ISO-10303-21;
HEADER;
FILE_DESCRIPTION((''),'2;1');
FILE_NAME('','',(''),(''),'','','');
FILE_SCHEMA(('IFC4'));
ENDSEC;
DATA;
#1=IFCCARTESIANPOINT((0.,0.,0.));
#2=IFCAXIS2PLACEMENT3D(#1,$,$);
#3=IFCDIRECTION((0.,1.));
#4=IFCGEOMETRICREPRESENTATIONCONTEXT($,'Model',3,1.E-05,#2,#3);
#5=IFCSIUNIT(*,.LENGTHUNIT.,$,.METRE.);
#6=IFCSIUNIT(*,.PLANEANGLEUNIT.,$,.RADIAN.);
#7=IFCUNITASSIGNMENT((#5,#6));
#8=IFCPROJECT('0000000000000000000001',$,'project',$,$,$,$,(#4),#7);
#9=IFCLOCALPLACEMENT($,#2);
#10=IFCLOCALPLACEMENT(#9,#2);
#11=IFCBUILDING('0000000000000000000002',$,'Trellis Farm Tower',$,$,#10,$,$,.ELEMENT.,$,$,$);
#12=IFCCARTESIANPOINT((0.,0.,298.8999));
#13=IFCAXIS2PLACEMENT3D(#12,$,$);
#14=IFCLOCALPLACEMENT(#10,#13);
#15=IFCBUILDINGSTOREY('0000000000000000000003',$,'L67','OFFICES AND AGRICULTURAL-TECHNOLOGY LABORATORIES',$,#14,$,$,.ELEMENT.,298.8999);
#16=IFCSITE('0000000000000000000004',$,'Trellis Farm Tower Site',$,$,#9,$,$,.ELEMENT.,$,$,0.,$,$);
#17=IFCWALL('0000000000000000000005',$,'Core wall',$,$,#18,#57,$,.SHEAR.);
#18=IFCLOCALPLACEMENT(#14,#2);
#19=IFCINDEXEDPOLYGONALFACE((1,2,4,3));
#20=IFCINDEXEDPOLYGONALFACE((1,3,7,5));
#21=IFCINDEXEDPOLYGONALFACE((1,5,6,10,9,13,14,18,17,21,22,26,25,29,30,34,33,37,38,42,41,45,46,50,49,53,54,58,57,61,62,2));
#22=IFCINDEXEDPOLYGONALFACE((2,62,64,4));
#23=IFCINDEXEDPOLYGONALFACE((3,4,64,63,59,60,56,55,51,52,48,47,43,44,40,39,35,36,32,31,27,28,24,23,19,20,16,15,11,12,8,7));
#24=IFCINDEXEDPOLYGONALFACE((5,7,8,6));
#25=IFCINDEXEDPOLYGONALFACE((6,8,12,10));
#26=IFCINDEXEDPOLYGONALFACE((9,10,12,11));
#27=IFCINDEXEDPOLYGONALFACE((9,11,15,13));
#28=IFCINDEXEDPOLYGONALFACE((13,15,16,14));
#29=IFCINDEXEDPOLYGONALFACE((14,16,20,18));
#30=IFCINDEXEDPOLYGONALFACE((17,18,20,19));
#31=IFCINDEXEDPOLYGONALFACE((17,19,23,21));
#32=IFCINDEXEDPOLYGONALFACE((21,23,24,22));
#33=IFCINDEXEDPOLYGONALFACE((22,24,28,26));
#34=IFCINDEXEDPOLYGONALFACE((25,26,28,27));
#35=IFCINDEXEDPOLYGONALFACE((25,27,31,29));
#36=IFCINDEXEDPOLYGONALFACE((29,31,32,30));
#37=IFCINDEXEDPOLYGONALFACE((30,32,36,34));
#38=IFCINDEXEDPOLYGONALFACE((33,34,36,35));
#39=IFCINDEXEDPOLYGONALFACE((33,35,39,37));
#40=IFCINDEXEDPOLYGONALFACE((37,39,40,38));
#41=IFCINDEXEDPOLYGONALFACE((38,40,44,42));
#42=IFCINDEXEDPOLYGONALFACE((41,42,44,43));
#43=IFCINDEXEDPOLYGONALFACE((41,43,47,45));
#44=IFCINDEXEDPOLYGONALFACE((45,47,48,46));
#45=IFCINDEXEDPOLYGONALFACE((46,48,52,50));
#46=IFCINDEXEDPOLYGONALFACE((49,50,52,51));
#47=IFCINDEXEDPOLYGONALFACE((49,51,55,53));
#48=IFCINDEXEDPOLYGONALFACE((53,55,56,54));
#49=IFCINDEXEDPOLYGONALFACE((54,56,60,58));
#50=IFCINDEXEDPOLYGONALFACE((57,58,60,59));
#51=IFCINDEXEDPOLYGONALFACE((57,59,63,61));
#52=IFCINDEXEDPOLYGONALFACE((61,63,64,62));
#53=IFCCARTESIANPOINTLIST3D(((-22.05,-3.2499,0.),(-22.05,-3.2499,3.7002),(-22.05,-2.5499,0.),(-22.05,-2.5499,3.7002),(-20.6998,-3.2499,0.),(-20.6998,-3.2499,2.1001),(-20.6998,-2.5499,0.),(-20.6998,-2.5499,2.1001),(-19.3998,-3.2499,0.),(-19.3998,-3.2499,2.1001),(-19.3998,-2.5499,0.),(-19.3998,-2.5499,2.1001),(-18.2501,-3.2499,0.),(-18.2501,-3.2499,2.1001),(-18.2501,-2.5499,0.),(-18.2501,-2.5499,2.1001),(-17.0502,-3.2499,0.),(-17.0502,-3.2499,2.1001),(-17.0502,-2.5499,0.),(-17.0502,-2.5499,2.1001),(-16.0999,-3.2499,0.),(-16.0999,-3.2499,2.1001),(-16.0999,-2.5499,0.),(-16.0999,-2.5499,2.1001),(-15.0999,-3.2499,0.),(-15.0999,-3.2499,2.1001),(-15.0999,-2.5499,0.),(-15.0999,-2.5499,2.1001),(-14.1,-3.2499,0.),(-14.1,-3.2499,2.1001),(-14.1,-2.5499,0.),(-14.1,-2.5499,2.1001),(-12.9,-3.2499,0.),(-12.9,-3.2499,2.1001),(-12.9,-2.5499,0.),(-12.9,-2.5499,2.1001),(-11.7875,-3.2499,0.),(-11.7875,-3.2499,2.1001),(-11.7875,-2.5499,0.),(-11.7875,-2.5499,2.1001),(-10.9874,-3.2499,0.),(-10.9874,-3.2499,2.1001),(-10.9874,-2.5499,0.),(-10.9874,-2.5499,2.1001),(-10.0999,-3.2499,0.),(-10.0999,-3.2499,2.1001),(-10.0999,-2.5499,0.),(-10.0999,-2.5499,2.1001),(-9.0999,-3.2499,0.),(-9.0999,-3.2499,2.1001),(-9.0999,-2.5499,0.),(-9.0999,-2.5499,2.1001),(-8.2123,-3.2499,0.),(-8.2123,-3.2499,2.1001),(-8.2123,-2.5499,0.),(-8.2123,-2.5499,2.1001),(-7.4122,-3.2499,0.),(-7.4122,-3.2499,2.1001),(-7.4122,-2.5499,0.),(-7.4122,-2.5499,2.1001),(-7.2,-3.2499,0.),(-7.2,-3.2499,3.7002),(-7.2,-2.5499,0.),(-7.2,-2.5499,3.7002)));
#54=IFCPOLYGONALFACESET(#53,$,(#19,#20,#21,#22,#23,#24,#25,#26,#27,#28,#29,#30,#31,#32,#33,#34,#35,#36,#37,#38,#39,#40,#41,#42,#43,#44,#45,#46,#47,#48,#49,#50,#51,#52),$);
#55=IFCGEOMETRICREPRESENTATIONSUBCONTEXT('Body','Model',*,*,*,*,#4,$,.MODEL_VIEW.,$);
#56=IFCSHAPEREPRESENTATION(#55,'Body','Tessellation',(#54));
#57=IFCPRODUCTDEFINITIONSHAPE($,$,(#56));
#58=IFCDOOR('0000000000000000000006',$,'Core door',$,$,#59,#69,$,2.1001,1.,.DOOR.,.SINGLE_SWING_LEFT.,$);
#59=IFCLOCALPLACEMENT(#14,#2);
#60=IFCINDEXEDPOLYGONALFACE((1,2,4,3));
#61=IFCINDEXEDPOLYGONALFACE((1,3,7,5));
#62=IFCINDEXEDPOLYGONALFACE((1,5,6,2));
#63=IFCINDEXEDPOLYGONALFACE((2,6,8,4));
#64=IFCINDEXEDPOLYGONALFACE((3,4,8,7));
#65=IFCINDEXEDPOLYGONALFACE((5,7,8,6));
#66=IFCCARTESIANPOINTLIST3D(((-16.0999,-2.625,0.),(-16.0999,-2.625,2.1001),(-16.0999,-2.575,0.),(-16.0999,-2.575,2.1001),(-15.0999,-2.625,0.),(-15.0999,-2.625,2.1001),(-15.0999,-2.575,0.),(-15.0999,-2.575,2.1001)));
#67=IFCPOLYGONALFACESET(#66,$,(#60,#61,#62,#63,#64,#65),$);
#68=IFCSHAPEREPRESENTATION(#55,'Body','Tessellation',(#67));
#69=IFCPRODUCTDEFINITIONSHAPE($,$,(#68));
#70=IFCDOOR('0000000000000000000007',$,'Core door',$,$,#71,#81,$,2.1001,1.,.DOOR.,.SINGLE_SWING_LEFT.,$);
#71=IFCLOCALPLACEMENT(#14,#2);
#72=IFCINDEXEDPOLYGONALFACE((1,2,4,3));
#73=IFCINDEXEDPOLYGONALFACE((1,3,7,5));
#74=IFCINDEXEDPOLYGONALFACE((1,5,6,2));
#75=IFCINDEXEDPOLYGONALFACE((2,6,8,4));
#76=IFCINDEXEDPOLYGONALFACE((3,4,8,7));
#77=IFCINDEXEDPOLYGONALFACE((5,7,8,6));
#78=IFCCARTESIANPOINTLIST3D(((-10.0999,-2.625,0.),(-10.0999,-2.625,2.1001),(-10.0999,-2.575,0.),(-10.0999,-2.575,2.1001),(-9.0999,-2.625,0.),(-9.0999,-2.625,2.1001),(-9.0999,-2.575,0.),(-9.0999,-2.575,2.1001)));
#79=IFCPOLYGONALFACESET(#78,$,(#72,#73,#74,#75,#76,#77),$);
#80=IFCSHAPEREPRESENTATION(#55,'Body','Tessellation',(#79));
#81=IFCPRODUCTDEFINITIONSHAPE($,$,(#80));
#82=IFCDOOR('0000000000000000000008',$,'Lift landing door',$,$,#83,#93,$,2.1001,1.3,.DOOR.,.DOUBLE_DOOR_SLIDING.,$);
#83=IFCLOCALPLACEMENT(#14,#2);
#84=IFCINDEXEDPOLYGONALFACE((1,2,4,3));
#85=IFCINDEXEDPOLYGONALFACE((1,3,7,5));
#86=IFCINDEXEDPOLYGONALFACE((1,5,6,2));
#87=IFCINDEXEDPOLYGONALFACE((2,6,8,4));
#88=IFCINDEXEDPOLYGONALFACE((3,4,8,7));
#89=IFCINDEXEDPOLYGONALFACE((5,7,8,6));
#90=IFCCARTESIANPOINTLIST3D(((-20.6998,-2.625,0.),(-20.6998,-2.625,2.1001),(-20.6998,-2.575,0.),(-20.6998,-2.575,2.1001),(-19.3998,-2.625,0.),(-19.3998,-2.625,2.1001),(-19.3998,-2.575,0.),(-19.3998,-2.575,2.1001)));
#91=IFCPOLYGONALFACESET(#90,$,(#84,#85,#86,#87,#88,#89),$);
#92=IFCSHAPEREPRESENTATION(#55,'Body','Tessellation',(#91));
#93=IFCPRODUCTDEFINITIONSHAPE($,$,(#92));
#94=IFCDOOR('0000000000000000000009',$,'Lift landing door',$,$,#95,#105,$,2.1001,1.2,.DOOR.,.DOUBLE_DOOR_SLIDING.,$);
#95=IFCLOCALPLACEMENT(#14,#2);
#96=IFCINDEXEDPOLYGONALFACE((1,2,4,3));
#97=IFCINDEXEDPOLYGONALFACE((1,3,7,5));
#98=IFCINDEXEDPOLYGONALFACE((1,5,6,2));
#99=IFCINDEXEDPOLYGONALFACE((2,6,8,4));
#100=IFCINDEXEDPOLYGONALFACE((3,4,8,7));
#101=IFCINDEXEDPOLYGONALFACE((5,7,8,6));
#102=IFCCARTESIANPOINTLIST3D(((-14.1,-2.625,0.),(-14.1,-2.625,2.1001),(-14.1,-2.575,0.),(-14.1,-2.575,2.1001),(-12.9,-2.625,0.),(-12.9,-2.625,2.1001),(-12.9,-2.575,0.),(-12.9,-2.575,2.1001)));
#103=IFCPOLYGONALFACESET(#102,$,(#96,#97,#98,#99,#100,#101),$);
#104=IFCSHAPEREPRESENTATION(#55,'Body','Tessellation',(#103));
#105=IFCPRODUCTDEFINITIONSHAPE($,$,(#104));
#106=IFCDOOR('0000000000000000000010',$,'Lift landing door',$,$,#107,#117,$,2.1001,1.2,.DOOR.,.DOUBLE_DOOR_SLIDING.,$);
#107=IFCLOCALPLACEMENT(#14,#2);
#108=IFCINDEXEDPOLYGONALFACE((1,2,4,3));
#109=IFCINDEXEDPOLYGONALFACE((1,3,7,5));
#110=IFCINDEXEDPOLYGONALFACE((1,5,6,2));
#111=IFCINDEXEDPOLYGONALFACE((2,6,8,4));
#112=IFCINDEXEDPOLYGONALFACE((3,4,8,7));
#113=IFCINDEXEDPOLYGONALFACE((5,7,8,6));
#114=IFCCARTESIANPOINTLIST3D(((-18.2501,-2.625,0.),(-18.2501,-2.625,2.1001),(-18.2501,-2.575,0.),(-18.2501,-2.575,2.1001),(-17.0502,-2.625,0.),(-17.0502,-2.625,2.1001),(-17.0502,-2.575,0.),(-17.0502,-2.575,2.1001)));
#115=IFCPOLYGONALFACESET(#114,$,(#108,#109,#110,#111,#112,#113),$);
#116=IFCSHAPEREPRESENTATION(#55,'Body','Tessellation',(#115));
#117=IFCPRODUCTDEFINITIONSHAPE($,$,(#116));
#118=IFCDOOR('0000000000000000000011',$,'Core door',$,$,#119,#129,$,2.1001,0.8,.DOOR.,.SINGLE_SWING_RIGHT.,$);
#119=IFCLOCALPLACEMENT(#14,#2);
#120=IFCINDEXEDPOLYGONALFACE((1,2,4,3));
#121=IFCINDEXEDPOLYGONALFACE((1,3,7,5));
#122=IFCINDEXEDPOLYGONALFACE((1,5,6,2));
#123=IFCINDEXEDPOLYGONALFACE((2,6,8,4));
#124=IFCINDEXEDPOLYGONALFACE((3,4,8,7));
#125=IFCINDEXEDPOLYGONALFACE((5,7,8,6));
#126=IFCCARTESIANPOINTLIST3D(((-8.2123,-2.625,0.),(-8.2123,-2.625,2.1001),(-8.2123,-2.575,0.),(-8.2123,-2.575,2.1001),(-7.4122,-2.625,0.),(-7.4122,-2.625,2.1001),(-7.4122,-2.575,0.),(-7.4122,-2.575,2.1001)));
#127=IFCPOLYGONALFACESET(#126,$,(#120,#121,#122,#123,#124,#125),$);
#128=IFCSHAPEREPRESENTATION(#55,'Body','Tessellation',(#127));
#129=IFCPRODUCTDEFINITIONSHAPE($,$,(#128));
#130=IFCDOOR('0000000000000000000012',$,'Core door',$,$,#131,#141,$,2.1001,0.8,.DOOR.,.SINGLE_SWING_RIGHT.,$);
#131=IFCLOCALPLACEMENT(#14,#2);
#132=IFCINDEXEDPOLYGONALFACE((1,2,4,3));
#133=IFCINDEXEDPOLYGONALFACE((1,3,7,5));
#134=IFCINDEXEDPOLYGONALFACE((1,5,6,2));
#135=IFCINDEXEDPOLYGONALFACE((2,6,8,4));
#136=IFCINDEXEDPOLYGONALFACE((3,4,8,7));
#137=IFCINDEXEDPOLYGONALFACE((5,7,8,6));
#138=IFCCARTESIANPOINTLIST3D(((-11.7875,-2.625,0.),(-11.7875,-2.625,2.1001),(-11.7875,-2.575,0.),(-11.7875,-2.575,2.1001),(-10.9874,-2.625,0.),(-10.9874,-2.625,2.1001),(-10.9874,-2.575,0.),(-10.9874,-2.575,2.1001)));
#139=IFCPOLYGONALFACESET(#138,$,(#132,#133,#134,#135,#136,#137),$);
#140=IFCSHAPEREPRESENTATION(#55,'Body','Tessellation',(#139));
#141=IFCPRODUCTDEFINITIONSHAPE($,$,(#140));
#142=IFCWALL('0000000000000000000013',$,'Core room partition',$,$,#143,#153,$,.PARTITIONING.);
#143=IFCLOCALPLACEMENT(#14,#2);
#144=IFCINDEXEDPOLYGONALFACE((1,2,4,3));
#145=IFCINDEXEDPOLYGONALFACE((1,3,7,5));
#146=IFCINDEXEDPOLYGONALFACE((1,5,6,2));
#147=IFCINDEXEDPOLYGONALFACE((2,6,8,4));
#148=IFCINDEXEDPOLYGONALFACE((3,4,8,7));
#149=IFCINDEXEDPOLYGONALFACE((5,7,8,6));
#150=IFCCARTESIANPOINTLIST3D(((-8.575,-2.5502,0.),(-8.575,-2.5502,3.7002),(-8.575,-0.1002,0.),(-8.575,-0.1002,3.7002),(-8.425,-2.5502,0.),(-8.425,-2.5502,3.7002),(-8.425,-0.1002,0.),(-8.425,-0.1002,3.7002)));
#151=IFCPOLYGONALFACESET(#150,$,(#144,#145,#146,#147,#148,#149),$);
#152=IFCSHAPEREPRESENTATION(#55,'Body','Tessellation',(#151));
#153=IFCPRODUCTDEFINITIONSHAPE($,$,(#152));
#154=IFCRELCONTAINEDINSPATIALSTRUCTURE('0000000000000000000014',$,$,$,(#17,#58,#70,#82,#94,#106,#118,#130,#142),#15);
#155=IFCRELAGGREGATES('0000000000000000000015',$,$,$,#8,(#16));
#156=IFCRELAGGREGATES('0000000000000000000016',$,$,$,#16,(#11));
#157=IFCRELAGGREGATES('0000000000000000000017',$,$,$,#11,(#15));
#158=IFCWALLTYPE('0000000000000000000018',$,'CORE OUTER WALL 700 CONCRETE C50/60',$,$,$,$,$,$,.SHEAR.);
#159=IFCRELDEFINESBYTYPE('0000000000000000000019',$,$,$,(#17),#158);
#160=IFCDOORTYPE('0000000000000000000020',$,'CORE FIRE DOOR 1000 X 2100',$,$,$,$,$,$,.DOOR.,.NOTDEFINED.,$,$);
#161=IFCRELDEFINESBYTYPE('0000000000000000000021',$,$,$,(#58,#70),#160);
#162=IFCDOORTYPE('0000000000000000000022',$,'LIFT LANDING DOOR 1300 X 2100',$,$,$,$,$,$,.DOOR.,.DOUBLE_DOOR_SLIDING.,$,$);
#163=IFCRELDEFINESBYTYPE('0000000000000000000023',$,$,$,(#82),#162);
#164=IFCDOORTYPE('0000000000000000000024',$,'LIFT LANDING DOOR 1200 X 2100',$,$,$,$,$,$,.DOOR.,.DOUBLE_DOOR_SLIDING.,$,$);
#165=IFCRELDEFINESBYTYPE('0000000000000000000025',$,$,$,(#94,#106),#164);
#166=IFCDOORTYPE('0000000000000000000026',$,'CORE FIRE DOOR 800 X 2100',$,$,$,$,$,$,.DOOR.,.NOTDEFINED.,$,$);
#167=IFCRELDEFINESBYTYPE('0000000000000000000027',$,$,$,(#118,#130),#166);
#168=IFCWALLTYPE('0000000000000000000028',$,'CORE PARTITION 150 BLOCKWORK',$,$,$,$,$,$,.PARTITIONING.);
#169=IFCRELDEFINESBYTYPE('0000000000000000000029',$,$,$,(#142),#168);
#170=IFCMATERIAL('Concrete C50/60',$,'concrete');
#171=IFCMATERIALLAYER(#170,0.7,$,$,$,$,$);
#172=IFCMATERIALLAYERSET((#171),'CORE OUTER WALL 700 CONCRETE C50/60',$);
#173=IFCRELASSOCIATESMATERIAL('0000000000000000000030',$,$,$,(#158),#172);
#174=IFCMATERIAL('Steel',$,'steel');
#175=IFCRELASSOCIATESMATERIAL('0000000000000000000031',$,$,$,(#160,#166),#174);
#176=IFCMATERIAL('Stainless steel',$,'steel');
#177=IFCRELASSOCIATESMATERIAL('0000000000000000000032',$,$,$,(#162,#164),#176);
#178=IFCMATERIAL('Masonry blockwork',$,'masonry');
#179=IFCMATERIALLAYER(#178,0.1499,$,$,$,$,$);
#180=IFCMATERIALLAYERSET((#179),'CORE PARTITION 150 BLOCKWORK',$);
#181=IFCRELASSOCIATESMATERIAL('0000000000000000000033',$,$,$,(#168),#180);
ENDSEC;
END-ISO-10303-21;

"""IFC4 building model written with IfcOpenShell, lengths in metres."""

from ifc_helpers import new_model, si_unit, direction, frame, frame_2d, origin, place, context, subcontext, project, spatial, rectangle, extrude, source, transform, mapped, material, layer, layer_set, type_object, element, fill, save


model = new_model("IFC4")

# Units and contexts
model_context = context("Model", 3, precision=1e-05, world=origin(), true_north=direction((0.0, 1.0)))
body_context = subcontext(model_context, "Body", "Model", "MODEL_VIEW")
ifc_project = project(units=[si_unit("LENGTHUNIT", "METRE"), si_unit("PLANEANGLEUNIT", "RADIAN")], contexts=[model_context])

# Site, building, storey
site_placement = place(None, origin())
site = spatial("IfcSite", under=ifc_project, at=site_placement, Name="Trellis Farm Tower Site", CompositionType="ELEMENT", RefElevation=0.0)
building_placement = place(site_placement, origin())
building = spatial("IfcBuilding", under=site, at=building_placement, Name="Trellis Farm Tower", CompositionType="ELEMENT")
storey_placement = place(building_placement, frame((0.0, 0.0, 298.8999)))
storey = spatial("IfcBuildingStorey", under=building, at=storey_placement, Name="L67", Description="OFFICES AND AGRICULTURAL-TECHNOLOGY LABORATORIES", CompositionType="ELEMENT", Elevation=298.8999)

# Wall, openings, doors
ifc_material_1 = material(Name="Concrete C50/60", Category="concrete")
ifc_layer_1 = layer(ifc_material_1, 0.7)
ifc_layer_set_1 = layer_set([ifc_layer_1], Name="CORE OUTER WALL 700 CONCRETE C50/60")
wall_type_1 = type_object("IfcWallType", Name="CORE OUTER WALL 700 CONCRETE C50/60", PredefinedType="SHEAR", material=ifc_layer_set_1)
shared_shape_1 = source(origin(), body_context, "Body", "SweptSolid", [
    extrude(rectangle(XDim=14.8501, YDim=0.7, at=frame_2d((7.425, 0.0))), origin(), (0.0, 0.0, 1.0), 3.7002),
])
wall_1_placement = place(storey_placement, frame((-7.2, -2.8999, 0.0), z_axis=(0.0, 0.0, 1.0), x_axis=(-1.0, 0.0, 0.0)))
wall_1 = element("IfcWall", 1, at=wall_1_placement, inside=storey, type_object=wall_type_1, Name="Core wall", PredefinedType="SHEAR", context=body_context, shape_type="MappedRepresentation", body=[
    mapped(shared_shape_1, transform((0.0, 0.0, 0.0))),
])
shared_shape_2 = source(origin(), body_context, "Body", "SweptSolid", [
    extrude(rectangle(XDim=1.2, YDim=2.1001, at=frame_2d((0.6001, 1.05))), frame((0.0, 0.3601, 0.0), z_axis=(0.0, -1.0, 0.0), x_axis=(1.0, 0.0, 0.0)), (0.0, 0.0, 1.0), 0.7202),
])
opening_1_placement = place(wall_1_placement, frame((5.7, 0.0, 0.0)))
opening_1 = element("IfcOpeningElement", 2, at=opening_1_placement, cuts=wall_1, PredefinedType="OPENING", context=body_context, shape_type="MappedRepresentation", body=[
    mapped(shared_shape_2, transform((0.0, 0.0, 0.0))),
])
shared_shape_3 = source(origin(), body_context, "Body", "SweptSolid", [
    extrude(rectangle(XDim=1.3, YDim=2.1001, at=frame_2d((0.6499, 1.05))), frame((0.0, 0.3601, 0.0), z_axis=(0.0, -1.0, 0.0), x_axis=(1.0, 0.0, 0.0)), (0.0, 0.0, 1.0), 0.7202),
])
opening_2_placement = place(wall_1_placement, frame((12.2, 0.0, 0.0)))
opening_2 = element("IfcOpeningElement", 3, at=opening_2_placement, cuts=wall_1, PredefinedType="OPENING", context=body_context, shape_type="MappedRepresentation", body=[
    mapped(shared_shape_3, transform((0.0, 0.0, 0.0))),
])
opening_3_placement = place(wall_1_placement, frame((9.8501, 0.0, 0.0)))
opening_3 = element("IfcOpeningElement", 4, at=opening_3_placement, cuts=wall_1, PredefinedType="OPENING", context=body_context, shape_type="MappedRepresentation", body=[
    mapped(shared_shape_2, transform((0.0, 0.0, 0.0))),
])
shared_shape_4 = source(origin(), body_context, "Body", "SweptSolid", [
    extrude(rectangle(XDim=1.0, YDim=2.1001, at=frame_2d((0.5, 1.05))), frame((0.0, 0.3601, 0.0), z_axis=(0.0, -1.0, 0.0), x_axis=(1.0, 0.0, 0.0)), (0.0, 0.0, 1.0), 0.7202),
])
opening_4_placement = place(wall_1_placement, frame((7.8999, 0.0, 0.0)))
opening_4 = element("IfcOpeningElement", 5, at=opening_4_placement, cuts=wall_1, PredefinedType="OPENING", context=body_context, shape_type="MappedRepresentation", body=[
    mapped(shared_shape_4, transform((0.0, 0.0, 0.0))),
])
shared_shape_5 = source(origin(), body_context, "Body", "SweptSolid", [
    extrude(rectangle(XDim=0.8, YDim=2.1001, at=frame_2d((0.3999, 1.05))), frame((0.0, 0.3601, 0.0), z_axis=(0.0, -1.0, 0.0), x_axis=(1.0, 0.0, 0.0)), (0.0, 0.0, 1.0), 0.7202),
])
opening_5_placement = place(wall_1_placement, frame((0.2124, 0.0, 0.0)))
opening_5 = element("IfcOpeningElement", 6, at=opening_5_placement, cuts=wall_1, PredefinedType="OPENING", context=body_context, shape_type="MappedRepresentation", body=[
    mapped(shared_shape_5, transform((0.0, 0.0, 0.0))),
])
opening_6_placement = place(wall_1_placement, frame((1.8999, 0.0, 0.0)))
opening_6 = element("IfcOpeningElement", 7, at=opening_6_placement, cuts=wall_1, PredefinedType="OPENING", context=body_context, shape_type="MappedRepresentation", body=[
    mapped(shared_shape_4, transform((0.0, 0.0, 0.0))),
])
opening_7_placement = place(wall_1_placement, frame((3.7876, 0.0, 0.0)))
opening_7 = element("IfcOpeningElement", 8, at=opening_7_placement, cuts=wall_1, PredefinedType="OPENING", context=body_context, shape_type="MappedRepresentation", body=[
    mapped(shared_shape_5, transform((0.0, 0.0, 0.0))),
])
ifc_material_2 = material(Name="Steel", Category="steel")
door_type_1 = type_object("IfcDoorType", Name="CORE FIRE DOOR 1000 X 2100", OperationType="NOTDEFINED", PredefinedType="DOOR", material=ifc_material_2)
shared_shape_6 = source(origin(), body_context, "Body", "SweptSolid", [
    extrude(rectangle(XDim=1.0, YDim=2.1001, at=frame_2d((0.5, 1.05))), frame((0.0, -0.2749, 0.0), z_axis=(0.0, -1.0, 0.0), x_axis=(1.0, 0.0, 0.0)), (0.0, 0.0, 1.0), 0.05),
])
door_1_placement = place(opening_4_placement, origin())
door_1 = element("IfcDoor", 9, at=door_1_placement, inside=storey, type_object=door_type_1, Name="Core door", OperationType="SINGLE_SWING_LEFT", OverallHeight=2.1001, OverallWidth=1.0, PredefinedType="DOOR", context=body_context, shape_type="MappedRepresentation", body=[
    mapped(shared_shape_6, transform((0.0, 0.0, 0.0))),
])
fill(opening_4, door_1)
door_2_placement = place(opening_6_placement, origin())
door_2 = element("IfcDoor", 10, at=door_2_placement, inside=storey, type_object=door_type_1, Name="Core door", OperationType="SINGLE_SWING_LEFT", OverallHeight=2.1001, OverallWidth=1.0, PredefinedType="DOOR", context=body_context, shape_type="MappedRepresentation", body=[
    mapped(shared_shape_6, transform((0.0, 0.0, 0.0))),
])
fill(opening_6, door_2)
ifc_material_3 = material(Name="Stainless steel", Category="steel")
door_type_2 = type_object("IfcDoorType", Name="LIFT LANDING DOOR 1300 X 2100", OperationType="DOUBLE_DOOR_SLIDING", PredefinedType="DOOR", material=ifc_material_3)
shared_shape_7 = source(origin(), body_context, "Body", "SweptSolid", [
    extrude(rectangle(XDim=1.3, YDim=2.1001, at=frame_2d((0.6499, 1.05))), frame((0.0, -0.2749, 0.0), z_axis=(0.0, -1.0, 0.0), x_axis=(1.0, 0.0, 0.0)), (0.0, 0.0, 1.0), 0.05),
])
door_3_placement = place(opening_2_placement, origin())
door_3 = element("IfcDoor", 11, at=door_3_placement, inside=storey, type_object=door_type_2, Name="Lift landing door", OperationType="DOUBLE_DOOR_SLIDING", OverallHeight=2.1001, OverallWidth=1.3, PredefinedType="DOOR", context=body_context, shape_type="MappedRepresentation", body=[
    mapped(shared_shape_7, transform((0.0, 0.0, 0.0))),
])
fill(opening_2, door_3)
door_type_3 = type_object("IfcDoorType", Name="LIFT LANDING DOOR 1200 X 2100", OperationType="DOUBLE_DOOR_SLIDING", PredefinedType="DOOR", material=ifc_material_3)
shared_shape_8 = source(origin(), body_context, "Body", "SweptSolid", [
    extrude(rectangle(XDim=1.2, YDim=2.1001, at=frame_2d((0.6001, 1.05))), frame((0.0, -0.2749, 0.0), z_axis=(0.0, -1.0, 0.0), x_axis=(1.0, 0.0, 0.0)), (0.0, 0.0, 1.0), 0.05),
])
door_4_placement = place(opening_1_placement, origin())
door_4 = element("IfcDoor", 12, at=door_4_placement, inside=storey, type_object=door_type_3, Name="Lift landing door", OperationType="DOUBLE_DOOR_SLIDING", OverallHeight=2.1001, OverallWidth=1.2, PredefinedType="DOOR", context=body_context, shape_type="MappedRepresentation", body=[
    mapped(shared_shape_8, transform((0.0, 0.0, 0.0))),
])
fill(opening_1, door_4)
door_5_placement = place(opening_3_placement, origin())
door_5 = element("IfcDoor", 13, at=door_5_placement, inside=storey, type_object=door_type_3, Name="Lift landing door", OperationType="DOUBLE_DOOR_SLIDING", OverallHeight=2.1001, OverallWidth=1.2, PredefinedType="DOOR", context=body_context, shape_type="MappedRepresentation", body=[
    mapped(shared_shape_8, transform((0.0, 0.0, 0.0))),
])
fill(opening_3, door_5)
door_type_4 = type_object("IfcDoorType", Name="CORE FIRE DOOR 800 X 2100", OperationType="NOTDEFINED", PredefinedType="DOOR", material=ifc_material_2)
shared_shape_9 = source(origin(), body_context, "Body", "SweptSolid", [
    extrude(rectangle(XDim=0.8, YDim=2.1001, at=frame_2d((0.3999, 1.05))), frame((0.0, -0.2749, 0.0), z_axis=(0.0, -1.0, 0.0), x_axis=(1.0, 0.0, 0.0)), (0.0, 0.0, 1.0), 0.05),
])
door_6_placement = place(opening_5_placement, origin())
door_6 = element("IfcDoor", 14, at=door_6_placement, inside=storey, type_object=door_type_4, Name="Core door", OperationType="SINGLE_SWING_RIGHT", OverallHeight=2.1001, OverallWidth=0.8, PredefinedType="DOOR", context=body_context, shape_type="MappedRepresentation", body=[
    mapped(shared_shape_9, transform((0.0, 0.0, 0.0))),
])
fill(opening_5, door_6)
door_7_placement = place(opening_7_placement, origin())
door_7 = element("IfcDoor", 15, at=door_7_placement, inside=storey, type_object=door_type_4, Name="Core door", OperationType="SINGLE_SWING_RIGHT", OverallHeight=2.1001, OverallWidth=0.8, PredefinedType="DOOR", context=body_context, shape_type="MappedRepresentation", body=[
    mapped(shared_shape_9, transform((0.0, 0.0, 0.0))),
])
fill(opening_7, door_7)

# Wall
ifc_material_4 = material(Name="Masonry blockwork", Category="masonry")
ifc_layer_2 = layer(ifc_material_4, 0.1499)
ifc_layer_set_2 = layer_set([ifc_layer_2], Name="CORE PARTITION 150 BLOCKWORK")
wall_type_2 = type_object("IfcWallType", Name="CORE PARTITION 150 BLOCKWORK", PredefinedType="PARTITIONING", material=ifc_layer_set_2)
shared_shape_10 = source(origin(), body_context, "Body", "SweptSolid", [
    extrude(rectangle(XDim=2.45, YDim=0.1499, at=frame_2d((1.2251, 0.0))), origin(), (0.0, 0.0, 1.0), 3.7002),
])
for number, where, z_axis, x_axis, name in (
    (16, (-8.5, -0.1001, 0.0), (0.0, 0.0, 1.0), (0.0, -1.0, 0.0), "Core room partition"),
):
    element("IfcWall", number, at=place(storey_placement, frame(where, z_axis=z_axis, x_axis=x_axis)), inside=storey, type_object=wall_type_2, Name=name, PredefinedType="PARTITIONING", context=body_context, shape_type="MappedRepresentation", body=[
        mapped(shared_shape_10, transform((0.0, 0.0, 0.0))),
    ])

save(model, "model.ifc")
